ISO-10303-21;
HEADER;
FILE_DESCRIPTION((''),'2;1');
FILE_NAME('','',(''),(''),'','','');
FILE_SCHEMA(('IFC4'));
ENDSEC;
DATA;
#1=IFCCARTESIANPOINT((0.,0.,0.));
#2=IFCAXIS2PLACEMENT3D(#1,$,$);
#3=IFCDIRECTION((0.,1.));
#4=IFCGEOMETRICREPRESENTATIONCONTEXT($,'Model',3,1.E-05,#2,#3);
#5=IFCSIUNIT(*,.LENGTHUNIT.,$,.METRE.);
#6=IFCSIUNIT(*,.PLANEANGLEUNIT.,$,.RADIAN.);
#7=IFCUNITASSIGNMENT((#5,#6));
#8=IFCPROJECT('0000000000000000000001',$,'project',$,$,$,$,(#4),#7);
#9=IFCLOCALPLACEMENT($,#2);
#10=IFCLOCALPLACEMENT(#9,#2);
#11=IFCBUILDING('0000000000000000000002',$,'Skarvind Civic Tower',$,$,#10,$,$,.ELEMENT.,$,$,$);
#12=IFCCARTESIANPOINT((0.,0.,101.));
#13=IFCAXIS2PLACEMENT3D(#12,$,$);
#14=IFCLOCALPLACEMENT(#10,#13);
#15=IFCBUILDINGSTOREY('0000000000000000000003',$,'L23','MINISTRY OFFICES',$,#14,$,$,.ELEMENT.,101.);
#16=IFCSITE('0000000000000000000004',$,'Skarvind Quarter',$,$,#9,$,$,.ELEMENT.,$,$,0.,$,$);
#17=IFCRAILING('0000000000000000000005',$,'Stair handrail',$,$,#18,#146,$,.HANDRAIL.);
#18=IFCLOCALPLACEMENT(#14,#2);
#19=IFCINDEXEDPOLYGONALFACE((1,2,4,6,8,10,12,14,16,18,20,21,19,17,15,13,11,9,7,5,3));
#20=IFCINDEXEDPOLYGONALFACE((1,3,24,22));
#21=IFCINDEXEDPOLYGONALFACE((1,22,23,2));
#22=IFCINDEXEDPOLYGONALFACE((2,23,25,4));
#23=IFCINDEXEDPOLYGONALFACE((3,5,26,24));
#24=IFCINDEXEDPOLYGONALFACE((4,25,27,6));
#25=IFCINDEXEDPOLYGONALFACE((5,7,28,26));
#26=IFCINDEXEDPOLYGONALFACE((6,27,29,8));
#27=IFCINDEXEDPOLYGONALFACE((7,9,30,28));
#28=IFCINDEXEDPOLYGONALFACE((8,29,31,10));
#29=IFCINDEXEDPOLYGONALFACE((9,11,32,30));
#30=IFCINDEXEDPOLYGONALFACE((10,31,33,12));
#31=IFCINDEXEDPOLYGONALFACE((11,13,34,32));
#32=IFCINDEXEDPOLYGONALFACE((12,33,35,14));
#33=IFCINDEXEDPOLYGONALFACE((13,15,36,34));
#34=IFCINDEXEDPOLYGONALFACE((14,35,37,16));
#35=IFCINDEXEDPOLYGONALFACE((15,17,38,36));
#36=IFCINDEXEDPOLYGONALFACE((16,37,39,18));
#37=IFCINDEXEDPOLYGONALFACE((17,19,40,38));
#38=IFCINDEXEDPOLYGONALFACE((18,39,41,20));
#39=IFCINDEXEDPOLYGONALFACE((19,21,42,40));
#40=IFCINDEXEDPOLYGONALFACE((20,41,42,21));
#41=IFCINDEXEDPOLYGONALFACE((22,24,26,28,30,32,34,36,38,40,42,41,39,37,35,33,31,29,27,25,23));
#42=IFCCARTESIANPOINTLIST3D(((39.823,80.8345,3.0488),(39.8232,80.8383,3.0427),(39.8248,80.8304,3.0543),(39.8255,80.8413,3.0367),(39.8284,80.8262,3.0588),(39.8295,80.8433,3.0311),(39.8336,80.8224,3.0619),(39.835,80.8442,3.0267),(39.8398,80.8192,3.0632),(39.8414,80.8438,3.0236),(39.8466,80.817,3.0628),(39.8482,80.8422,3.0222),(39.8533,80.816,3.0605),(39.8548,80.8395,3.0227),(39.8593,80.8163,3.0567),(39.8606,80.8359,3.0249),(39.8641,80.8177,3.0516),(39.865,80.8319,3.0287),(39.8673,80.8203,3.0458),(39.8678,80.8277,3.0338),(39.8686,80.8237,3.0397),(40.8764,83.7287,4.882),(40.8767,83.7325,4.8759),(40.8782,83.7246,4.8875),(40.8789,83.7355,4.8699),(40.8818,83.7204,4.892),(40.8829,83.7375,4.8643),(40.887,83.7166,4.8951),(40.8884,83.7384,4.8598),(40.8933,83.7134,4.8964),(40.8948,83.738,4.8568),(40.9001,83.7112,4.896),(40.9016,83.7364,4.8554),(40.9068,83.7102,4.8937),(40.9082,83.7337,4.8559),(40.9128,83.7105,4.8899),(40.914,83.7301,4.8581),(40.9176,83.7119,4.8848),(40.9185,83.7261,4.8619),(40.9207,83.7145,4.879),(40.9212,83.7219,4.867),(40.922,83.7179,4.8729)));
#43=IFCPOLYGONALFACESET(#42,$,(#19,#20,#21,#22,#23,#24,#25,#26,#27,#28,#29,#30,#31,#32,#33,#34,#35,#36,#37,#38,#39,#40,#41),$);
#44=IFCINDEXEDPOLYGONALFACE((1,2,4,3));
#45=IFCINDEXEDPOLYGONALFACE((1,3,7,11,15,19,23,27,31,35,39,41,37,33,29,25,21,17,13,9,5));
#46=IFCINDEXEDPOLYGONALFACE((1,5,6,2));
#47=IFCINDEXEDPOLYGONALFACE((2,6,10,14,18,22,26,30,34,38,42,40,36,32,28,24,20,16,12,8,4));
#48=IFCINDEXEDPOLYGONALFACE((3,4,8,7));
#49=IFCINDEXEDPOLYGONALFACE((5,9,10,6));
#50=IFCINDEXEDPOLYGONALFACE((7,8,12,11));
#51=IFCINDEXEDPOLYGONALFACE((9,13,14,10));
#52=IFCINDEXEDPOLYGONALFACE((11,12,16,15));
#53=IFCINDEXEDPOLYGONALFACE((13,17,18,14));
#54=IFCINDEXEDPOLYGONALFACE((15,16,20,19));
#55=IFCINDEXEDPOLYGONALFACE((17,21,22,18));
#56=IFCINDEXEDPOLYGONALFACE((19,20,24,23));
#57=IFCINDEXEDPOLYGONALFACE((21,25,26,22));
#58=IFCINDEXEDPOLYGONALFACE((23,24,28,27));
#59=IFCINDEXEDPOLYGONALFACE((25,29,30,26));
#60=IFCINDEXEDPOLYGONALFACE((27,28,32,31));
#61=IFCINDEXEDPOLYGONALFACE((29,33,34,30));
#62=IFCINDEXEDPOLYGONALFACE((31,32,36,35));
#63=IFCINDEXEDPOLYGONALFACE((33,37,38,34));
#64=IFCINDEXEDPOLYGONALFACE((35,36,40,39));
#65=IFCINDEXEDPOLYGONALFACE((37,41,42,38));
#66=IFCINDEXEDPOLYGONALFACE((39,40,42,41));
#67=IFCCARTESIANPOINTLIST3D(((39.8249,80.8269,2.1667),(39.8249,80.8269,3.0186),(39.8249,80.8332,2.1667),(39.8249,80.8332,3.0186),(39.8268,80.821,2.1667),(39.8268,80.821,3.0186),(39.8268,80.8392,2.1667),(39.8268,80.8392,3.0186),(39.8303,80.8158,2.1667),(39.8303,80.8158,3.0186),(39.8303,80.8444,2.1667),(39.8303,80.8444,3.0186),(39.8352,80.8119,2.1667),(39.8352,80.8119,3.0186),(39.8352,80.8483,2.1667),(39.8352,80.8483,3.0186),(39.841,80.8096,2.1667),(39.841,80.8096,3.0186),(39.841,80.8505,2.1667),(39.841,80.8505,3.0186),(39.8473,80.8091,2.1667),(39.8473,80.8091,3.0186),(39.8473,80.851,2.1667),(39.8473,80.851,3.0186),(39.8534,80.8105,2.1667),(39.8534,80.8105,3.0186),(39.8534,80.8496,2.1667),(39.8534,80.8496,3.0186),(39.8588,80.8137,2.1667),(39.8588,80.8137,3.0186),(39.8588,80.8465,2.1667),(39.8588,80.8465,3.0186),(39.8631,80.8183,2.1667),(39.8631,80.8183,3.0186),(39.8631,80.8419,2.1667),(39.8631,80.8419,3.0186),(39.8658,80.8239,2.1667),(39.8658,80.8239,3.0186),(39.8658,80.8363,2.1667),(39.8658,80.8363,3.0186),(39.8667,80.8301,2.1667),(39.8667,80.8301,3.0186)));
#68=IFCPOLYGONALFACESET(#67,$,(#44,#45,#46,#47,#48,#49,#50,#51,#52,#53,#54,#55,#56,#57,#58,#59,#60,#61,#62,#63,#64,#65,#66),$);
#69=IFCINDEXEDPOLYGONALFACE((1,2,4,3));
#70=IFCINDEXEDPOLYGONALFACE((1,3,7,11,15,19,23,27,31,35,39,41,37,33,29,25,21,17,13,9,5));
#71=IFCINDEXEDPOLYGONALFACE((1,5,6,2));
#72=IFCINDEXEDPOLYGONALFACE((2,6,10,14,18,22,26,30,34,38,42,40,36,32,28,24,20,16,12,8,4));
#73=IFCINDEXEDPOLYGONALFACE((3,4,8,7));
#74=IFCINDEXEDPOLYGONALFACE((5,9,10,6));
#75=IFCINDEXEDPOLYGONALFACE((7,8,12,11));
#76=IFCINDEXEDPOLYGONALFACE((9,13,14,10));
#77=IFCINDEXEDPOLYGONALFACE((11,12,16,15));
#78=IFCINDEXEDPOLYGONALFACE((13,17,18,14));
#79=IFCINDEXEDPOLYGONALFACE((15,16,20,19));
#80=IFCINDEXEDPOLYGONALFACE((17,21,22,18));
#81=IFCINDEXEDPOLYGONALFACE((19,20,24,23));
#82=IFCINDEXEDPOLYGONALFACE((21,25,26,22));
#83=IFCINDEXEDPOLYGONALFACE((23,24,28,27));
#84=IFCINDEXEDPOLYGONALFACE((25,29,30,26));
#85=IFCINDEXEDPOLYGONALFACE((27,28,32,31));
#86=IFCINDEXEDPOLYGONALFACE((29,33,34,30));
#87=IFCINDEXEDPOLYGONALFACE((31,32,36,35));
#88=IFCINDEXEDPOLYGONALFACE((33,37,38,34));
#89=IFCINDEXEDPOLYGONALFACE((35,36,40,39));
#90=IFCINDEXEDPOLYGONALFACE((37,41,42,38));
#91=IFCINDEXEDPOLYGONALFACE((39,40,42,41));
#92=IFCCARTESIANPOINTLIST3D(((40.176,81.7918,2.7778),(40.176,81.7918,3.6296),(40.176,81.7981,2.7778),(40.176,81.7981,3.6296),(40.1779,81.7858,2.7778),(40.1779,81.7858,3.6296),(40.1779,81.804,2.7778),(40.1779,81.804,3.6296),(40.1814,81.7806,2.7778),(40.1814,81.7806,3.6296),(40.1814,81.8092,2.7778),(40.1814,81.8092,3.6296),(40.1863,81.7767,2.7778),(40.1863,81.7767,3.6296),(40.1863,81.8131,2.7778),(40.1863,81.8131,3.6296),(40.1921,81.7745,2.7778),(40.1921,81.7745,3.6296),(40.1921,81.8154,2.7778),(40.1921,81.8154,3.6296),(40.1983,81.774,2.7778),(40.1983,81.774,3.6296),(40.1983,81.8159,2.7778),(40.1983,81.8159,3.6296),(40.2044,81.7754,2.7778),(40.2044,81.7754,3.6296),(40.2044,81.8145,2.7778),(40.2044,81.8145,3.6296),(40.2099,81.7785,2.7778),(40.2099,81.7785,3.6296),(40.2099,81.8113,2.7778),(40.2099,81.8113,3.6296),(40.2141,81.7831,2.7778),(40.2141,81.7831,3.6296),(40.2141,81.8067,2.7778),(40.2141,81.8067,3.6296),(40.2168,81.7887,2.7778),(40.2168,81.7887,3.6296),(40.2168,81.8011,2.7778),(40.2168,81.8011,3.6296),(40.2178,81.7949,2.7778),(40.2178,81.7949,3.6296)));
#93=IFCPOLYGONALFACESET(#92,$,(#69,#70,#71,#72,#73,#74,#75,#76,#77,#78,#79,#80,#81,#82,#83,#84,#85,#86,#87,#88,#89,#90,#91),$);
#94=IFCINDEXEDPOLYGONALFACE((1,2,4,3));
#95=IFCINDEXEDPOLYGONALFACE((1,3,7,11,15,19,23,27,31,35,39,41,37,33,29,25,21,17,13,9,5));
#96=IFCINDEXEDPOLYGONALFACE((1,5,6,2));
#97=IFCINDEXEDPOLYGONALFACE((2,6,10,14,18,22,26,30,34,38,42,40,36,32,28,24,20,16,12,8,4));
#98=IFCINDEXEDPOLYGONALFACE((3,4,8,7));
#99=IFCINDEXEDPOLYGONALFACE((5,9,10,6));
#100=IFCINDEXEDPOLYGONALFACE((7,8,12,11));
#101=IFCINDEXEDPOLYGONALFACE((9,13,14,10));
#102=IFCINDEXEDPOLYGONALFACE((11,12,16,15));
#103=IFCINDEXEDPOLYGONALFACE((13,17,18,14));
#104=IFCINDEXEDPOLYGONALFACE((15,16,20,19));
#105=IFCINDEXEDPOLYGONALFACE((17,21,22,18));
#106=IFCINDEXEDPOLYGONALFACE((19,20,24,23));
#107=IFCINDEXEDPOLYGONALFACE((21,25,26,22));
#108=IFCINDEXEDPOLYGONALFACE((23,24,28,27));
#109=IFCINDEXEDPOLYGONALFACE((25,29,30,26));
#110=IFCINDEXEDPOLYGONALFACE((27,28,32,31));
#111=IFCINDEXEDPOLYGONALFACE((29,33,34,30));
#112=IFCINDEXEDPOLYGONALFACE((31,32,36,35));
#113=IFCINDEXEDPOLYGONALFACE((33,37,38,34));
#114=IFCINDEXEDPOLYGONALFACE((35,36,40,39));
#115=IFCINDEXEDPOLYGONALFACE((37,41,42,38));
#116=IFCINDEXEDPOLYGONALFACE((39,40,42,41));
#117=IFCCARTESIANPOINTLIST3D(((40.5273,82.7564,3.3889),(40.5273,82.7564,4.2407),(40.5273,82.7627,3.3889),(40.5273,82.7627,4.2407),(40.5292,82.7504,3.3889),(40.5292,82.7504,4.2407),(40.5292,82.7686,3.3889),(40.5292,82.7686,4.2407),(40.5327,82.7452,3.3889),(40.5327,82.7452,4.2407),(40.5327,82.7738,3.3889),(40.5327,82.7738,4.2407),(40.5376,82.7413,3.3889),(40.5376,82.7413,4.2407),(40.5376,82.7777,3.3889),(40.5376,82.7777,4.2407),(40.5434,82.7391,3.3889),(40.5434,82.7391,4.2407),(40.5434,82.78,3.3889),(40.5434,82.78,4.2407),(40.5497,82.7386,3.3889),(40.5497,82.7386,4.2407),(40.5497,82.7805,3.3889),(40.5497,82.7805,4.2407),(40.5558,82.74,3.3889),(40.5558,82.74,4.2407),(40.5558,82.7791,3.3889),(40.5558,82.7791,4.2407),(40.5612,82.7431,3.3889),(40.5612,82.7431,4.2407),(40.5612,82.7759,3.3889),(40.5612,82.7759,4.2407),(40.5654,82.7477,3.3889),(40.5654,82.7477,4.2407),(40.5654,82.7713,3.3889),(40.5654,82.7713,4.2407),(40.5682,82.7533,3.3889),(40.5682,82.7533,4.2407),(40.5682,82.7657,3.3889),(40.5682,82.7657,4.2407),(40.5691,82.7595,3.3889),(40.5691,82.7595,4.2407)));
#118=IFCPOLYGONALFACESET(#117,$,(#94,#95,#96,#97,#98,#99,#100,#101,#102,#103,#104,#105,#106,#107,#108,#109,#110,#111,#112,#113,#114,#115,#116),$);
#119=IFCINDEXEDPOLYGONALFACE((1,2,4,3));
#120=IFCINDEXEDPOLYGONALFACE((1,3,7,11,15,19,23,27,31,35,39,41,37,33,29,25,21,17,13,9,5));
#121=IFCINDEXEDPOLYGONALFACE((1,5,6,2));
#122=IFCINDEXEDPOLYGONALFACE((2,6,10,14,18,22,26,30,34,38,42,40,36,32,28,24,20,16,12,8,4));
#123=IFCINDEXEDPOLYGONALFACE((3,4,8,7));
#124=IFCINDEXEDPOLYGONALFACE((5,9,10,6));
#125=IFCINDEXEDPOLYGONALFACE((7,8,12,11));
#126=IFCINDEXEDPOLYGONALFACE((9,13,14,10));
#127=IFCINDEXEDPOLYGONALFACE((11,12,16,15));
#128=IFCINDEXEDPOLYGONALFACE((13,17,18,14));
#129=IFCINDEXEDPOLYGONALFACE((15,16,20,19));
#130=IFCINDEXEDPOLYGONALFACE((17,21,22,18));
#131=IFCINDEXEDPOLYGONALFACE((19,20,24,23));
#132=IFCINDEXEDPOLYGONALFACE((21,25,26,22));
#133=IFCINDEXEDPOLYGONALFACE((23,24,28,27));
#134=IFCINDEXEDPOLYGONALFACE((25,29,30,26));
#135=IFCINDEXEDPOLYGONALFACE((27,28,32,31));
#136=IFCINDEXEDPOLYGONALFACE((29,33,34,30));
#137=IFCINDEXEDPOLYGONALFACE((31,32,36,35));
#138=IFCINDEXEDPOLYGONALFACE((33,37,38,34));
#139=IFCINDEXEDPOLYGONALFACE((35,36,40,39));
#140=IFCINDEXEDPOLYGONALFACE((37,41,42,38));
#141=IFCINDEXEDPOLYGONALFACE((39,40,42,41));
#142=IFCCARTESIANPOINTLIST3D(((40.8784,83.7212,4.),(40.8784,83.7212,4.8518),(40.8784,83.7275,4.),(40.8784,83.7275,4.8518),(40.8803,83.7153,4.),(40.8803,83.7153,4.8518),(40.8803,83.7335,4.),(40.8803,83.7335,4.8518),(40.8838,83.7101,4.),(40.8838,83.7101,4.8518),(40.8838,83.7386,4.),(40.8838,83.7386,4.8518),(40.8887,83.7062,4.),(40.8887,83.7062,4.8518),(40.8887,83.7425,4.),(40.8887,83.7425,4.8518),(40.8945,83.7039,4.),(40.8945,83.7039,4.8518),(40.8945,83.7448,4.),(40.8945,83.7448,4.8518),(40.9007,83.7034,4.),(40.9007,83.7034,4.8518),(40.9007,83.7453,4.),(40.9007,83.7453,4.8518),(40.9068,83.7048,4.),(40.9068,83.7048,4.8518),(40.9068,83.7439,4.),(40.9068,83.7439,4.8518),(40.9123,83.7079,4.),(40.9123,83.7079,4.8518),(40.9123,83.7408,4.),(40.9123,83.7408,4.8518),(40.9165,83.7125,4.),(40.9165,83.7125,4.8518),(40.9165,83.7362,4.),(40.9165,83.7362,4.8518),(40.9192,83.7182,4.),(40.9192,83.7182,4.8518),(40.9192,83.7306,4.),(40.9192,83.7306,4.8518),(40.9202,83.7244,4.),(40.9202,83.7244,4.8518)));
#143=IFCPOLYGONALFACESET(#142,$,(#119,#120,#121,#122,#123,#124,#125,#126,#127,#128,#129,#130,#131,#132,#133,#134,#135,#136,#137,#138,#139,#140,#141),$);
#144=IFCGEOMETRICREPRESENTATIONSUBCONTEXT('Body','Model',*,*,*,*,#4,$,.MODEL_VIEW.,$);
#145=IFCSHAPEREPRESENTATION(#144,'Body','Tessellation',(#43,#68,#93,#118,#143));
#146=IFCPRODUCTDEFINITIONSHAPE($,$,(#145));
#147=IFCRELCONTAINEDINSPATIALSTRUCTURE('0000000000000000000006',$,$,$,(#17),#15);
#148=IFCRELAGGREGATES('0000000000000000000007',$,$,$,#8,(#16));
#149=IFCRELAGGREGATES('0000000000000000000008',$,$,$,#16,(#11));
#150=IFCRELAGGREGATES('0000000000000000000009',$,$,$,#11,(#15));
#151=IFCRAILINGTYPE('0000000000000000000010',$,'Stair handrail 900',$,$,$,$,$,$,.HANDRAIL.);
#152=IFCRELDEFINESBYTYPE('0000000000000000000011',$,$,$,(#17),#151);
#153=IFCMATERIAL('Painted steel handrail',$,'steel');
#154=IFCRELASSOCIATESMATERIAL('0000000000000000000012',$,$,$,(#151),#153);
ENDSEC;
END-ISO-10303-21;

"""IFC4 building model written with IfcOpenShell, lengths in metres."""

from ifc_helpers import new_model, si_unit, direction, frame, origin, origin_2d, place, context, subcontext, project, spatial, circle, extrude, material, type_object, element, save


model = new_model("IFC4")

# Units and contexts
model_context = context("Model", 3, precision=1e-05, world=origin(), true_north=direction((0.0, 1.0)))
body_context = subcontext(model_context, "Body", "Model", "MODEL_VIEW")
ifc_project = project(units=[si_unit("LENGTHUNIT", "METRE"), si_unit("PLANEANGLEUNIT", "RADIAN")], contexts=[model_context])

# Site, building, storey
site_placement = place(None, origin())
site = spatial("IfcSite", under=ifc_project, at=site_placement, Name="Skarvind Quarter", CompositionType="ELEMENT", RefElevation=0.0)
building_placement = place(site_placement, origin())
building = spatial("IfcBuilding", under=site, at=building_placement, Name="Skarvind Civic Tower", CompositionType="ELEMENT")
storey_placement = place(building_placement, frame((0.0, 0.0, 101.0)))
storey = spatial("IfcBuildingStorey", under=building, at=storey_placement, Name="L23", Description="MINISTRY OFFICES", CompositionType="ELEMENT", Elevation=101.0)

# Railing
ifc_material_1 = material(Name="Painted steel handrail", Category="steel")
railing_type = type_object("IfcRailingType", Name="Stair handrail 900", PredefinedType="HANDRAIL", material=ifc_material_1)
railing_1_placement = place(storey_placement, frame((39.8457, 80.8301, 2.1667)))
element("IfcRailing", 1, at=railing_1_placement, inside=storey, type_object=railing_type, Name="Stair handrail", PredefinedType="HANDRAIL", context=body_context, shape_type="SweptSolid", body=[
    extrude(circle(Radius=0.0239, at=origin_2d()), frame((0.0, 0.0, 0.876), z_axis=(0.293908, 0.807481, 0.511461), x_axis=(-0.939689, 0.342029, 0.0)), (0.0, 0.0, 1.0), 3.5842),
    extrude(circle(Radius=0.021, at=origin_2d()), origin(), (0.0, 0.0, 1.0), 0.8518),
    extrude(circle(Radius=0.021, at=origin_2d()), frame((0.3511, 0.9648, 0.6111)), (0.0, 0.0, 1.0), 0.8518),
    extrude(circle(Radius=0.021, at=origin_2d()), frame((0.7024, 1.9294, 1.2222)), (0.0, 0.0, 1.0), 0.8518),
    extrude(circle(Radius=0.021, at=origin_2d()), frame((1.0535, 2.8943, 1.8333)), (0.0, 0.0, 1.0), 0.8518),
])

save(model, "model.ifc")
